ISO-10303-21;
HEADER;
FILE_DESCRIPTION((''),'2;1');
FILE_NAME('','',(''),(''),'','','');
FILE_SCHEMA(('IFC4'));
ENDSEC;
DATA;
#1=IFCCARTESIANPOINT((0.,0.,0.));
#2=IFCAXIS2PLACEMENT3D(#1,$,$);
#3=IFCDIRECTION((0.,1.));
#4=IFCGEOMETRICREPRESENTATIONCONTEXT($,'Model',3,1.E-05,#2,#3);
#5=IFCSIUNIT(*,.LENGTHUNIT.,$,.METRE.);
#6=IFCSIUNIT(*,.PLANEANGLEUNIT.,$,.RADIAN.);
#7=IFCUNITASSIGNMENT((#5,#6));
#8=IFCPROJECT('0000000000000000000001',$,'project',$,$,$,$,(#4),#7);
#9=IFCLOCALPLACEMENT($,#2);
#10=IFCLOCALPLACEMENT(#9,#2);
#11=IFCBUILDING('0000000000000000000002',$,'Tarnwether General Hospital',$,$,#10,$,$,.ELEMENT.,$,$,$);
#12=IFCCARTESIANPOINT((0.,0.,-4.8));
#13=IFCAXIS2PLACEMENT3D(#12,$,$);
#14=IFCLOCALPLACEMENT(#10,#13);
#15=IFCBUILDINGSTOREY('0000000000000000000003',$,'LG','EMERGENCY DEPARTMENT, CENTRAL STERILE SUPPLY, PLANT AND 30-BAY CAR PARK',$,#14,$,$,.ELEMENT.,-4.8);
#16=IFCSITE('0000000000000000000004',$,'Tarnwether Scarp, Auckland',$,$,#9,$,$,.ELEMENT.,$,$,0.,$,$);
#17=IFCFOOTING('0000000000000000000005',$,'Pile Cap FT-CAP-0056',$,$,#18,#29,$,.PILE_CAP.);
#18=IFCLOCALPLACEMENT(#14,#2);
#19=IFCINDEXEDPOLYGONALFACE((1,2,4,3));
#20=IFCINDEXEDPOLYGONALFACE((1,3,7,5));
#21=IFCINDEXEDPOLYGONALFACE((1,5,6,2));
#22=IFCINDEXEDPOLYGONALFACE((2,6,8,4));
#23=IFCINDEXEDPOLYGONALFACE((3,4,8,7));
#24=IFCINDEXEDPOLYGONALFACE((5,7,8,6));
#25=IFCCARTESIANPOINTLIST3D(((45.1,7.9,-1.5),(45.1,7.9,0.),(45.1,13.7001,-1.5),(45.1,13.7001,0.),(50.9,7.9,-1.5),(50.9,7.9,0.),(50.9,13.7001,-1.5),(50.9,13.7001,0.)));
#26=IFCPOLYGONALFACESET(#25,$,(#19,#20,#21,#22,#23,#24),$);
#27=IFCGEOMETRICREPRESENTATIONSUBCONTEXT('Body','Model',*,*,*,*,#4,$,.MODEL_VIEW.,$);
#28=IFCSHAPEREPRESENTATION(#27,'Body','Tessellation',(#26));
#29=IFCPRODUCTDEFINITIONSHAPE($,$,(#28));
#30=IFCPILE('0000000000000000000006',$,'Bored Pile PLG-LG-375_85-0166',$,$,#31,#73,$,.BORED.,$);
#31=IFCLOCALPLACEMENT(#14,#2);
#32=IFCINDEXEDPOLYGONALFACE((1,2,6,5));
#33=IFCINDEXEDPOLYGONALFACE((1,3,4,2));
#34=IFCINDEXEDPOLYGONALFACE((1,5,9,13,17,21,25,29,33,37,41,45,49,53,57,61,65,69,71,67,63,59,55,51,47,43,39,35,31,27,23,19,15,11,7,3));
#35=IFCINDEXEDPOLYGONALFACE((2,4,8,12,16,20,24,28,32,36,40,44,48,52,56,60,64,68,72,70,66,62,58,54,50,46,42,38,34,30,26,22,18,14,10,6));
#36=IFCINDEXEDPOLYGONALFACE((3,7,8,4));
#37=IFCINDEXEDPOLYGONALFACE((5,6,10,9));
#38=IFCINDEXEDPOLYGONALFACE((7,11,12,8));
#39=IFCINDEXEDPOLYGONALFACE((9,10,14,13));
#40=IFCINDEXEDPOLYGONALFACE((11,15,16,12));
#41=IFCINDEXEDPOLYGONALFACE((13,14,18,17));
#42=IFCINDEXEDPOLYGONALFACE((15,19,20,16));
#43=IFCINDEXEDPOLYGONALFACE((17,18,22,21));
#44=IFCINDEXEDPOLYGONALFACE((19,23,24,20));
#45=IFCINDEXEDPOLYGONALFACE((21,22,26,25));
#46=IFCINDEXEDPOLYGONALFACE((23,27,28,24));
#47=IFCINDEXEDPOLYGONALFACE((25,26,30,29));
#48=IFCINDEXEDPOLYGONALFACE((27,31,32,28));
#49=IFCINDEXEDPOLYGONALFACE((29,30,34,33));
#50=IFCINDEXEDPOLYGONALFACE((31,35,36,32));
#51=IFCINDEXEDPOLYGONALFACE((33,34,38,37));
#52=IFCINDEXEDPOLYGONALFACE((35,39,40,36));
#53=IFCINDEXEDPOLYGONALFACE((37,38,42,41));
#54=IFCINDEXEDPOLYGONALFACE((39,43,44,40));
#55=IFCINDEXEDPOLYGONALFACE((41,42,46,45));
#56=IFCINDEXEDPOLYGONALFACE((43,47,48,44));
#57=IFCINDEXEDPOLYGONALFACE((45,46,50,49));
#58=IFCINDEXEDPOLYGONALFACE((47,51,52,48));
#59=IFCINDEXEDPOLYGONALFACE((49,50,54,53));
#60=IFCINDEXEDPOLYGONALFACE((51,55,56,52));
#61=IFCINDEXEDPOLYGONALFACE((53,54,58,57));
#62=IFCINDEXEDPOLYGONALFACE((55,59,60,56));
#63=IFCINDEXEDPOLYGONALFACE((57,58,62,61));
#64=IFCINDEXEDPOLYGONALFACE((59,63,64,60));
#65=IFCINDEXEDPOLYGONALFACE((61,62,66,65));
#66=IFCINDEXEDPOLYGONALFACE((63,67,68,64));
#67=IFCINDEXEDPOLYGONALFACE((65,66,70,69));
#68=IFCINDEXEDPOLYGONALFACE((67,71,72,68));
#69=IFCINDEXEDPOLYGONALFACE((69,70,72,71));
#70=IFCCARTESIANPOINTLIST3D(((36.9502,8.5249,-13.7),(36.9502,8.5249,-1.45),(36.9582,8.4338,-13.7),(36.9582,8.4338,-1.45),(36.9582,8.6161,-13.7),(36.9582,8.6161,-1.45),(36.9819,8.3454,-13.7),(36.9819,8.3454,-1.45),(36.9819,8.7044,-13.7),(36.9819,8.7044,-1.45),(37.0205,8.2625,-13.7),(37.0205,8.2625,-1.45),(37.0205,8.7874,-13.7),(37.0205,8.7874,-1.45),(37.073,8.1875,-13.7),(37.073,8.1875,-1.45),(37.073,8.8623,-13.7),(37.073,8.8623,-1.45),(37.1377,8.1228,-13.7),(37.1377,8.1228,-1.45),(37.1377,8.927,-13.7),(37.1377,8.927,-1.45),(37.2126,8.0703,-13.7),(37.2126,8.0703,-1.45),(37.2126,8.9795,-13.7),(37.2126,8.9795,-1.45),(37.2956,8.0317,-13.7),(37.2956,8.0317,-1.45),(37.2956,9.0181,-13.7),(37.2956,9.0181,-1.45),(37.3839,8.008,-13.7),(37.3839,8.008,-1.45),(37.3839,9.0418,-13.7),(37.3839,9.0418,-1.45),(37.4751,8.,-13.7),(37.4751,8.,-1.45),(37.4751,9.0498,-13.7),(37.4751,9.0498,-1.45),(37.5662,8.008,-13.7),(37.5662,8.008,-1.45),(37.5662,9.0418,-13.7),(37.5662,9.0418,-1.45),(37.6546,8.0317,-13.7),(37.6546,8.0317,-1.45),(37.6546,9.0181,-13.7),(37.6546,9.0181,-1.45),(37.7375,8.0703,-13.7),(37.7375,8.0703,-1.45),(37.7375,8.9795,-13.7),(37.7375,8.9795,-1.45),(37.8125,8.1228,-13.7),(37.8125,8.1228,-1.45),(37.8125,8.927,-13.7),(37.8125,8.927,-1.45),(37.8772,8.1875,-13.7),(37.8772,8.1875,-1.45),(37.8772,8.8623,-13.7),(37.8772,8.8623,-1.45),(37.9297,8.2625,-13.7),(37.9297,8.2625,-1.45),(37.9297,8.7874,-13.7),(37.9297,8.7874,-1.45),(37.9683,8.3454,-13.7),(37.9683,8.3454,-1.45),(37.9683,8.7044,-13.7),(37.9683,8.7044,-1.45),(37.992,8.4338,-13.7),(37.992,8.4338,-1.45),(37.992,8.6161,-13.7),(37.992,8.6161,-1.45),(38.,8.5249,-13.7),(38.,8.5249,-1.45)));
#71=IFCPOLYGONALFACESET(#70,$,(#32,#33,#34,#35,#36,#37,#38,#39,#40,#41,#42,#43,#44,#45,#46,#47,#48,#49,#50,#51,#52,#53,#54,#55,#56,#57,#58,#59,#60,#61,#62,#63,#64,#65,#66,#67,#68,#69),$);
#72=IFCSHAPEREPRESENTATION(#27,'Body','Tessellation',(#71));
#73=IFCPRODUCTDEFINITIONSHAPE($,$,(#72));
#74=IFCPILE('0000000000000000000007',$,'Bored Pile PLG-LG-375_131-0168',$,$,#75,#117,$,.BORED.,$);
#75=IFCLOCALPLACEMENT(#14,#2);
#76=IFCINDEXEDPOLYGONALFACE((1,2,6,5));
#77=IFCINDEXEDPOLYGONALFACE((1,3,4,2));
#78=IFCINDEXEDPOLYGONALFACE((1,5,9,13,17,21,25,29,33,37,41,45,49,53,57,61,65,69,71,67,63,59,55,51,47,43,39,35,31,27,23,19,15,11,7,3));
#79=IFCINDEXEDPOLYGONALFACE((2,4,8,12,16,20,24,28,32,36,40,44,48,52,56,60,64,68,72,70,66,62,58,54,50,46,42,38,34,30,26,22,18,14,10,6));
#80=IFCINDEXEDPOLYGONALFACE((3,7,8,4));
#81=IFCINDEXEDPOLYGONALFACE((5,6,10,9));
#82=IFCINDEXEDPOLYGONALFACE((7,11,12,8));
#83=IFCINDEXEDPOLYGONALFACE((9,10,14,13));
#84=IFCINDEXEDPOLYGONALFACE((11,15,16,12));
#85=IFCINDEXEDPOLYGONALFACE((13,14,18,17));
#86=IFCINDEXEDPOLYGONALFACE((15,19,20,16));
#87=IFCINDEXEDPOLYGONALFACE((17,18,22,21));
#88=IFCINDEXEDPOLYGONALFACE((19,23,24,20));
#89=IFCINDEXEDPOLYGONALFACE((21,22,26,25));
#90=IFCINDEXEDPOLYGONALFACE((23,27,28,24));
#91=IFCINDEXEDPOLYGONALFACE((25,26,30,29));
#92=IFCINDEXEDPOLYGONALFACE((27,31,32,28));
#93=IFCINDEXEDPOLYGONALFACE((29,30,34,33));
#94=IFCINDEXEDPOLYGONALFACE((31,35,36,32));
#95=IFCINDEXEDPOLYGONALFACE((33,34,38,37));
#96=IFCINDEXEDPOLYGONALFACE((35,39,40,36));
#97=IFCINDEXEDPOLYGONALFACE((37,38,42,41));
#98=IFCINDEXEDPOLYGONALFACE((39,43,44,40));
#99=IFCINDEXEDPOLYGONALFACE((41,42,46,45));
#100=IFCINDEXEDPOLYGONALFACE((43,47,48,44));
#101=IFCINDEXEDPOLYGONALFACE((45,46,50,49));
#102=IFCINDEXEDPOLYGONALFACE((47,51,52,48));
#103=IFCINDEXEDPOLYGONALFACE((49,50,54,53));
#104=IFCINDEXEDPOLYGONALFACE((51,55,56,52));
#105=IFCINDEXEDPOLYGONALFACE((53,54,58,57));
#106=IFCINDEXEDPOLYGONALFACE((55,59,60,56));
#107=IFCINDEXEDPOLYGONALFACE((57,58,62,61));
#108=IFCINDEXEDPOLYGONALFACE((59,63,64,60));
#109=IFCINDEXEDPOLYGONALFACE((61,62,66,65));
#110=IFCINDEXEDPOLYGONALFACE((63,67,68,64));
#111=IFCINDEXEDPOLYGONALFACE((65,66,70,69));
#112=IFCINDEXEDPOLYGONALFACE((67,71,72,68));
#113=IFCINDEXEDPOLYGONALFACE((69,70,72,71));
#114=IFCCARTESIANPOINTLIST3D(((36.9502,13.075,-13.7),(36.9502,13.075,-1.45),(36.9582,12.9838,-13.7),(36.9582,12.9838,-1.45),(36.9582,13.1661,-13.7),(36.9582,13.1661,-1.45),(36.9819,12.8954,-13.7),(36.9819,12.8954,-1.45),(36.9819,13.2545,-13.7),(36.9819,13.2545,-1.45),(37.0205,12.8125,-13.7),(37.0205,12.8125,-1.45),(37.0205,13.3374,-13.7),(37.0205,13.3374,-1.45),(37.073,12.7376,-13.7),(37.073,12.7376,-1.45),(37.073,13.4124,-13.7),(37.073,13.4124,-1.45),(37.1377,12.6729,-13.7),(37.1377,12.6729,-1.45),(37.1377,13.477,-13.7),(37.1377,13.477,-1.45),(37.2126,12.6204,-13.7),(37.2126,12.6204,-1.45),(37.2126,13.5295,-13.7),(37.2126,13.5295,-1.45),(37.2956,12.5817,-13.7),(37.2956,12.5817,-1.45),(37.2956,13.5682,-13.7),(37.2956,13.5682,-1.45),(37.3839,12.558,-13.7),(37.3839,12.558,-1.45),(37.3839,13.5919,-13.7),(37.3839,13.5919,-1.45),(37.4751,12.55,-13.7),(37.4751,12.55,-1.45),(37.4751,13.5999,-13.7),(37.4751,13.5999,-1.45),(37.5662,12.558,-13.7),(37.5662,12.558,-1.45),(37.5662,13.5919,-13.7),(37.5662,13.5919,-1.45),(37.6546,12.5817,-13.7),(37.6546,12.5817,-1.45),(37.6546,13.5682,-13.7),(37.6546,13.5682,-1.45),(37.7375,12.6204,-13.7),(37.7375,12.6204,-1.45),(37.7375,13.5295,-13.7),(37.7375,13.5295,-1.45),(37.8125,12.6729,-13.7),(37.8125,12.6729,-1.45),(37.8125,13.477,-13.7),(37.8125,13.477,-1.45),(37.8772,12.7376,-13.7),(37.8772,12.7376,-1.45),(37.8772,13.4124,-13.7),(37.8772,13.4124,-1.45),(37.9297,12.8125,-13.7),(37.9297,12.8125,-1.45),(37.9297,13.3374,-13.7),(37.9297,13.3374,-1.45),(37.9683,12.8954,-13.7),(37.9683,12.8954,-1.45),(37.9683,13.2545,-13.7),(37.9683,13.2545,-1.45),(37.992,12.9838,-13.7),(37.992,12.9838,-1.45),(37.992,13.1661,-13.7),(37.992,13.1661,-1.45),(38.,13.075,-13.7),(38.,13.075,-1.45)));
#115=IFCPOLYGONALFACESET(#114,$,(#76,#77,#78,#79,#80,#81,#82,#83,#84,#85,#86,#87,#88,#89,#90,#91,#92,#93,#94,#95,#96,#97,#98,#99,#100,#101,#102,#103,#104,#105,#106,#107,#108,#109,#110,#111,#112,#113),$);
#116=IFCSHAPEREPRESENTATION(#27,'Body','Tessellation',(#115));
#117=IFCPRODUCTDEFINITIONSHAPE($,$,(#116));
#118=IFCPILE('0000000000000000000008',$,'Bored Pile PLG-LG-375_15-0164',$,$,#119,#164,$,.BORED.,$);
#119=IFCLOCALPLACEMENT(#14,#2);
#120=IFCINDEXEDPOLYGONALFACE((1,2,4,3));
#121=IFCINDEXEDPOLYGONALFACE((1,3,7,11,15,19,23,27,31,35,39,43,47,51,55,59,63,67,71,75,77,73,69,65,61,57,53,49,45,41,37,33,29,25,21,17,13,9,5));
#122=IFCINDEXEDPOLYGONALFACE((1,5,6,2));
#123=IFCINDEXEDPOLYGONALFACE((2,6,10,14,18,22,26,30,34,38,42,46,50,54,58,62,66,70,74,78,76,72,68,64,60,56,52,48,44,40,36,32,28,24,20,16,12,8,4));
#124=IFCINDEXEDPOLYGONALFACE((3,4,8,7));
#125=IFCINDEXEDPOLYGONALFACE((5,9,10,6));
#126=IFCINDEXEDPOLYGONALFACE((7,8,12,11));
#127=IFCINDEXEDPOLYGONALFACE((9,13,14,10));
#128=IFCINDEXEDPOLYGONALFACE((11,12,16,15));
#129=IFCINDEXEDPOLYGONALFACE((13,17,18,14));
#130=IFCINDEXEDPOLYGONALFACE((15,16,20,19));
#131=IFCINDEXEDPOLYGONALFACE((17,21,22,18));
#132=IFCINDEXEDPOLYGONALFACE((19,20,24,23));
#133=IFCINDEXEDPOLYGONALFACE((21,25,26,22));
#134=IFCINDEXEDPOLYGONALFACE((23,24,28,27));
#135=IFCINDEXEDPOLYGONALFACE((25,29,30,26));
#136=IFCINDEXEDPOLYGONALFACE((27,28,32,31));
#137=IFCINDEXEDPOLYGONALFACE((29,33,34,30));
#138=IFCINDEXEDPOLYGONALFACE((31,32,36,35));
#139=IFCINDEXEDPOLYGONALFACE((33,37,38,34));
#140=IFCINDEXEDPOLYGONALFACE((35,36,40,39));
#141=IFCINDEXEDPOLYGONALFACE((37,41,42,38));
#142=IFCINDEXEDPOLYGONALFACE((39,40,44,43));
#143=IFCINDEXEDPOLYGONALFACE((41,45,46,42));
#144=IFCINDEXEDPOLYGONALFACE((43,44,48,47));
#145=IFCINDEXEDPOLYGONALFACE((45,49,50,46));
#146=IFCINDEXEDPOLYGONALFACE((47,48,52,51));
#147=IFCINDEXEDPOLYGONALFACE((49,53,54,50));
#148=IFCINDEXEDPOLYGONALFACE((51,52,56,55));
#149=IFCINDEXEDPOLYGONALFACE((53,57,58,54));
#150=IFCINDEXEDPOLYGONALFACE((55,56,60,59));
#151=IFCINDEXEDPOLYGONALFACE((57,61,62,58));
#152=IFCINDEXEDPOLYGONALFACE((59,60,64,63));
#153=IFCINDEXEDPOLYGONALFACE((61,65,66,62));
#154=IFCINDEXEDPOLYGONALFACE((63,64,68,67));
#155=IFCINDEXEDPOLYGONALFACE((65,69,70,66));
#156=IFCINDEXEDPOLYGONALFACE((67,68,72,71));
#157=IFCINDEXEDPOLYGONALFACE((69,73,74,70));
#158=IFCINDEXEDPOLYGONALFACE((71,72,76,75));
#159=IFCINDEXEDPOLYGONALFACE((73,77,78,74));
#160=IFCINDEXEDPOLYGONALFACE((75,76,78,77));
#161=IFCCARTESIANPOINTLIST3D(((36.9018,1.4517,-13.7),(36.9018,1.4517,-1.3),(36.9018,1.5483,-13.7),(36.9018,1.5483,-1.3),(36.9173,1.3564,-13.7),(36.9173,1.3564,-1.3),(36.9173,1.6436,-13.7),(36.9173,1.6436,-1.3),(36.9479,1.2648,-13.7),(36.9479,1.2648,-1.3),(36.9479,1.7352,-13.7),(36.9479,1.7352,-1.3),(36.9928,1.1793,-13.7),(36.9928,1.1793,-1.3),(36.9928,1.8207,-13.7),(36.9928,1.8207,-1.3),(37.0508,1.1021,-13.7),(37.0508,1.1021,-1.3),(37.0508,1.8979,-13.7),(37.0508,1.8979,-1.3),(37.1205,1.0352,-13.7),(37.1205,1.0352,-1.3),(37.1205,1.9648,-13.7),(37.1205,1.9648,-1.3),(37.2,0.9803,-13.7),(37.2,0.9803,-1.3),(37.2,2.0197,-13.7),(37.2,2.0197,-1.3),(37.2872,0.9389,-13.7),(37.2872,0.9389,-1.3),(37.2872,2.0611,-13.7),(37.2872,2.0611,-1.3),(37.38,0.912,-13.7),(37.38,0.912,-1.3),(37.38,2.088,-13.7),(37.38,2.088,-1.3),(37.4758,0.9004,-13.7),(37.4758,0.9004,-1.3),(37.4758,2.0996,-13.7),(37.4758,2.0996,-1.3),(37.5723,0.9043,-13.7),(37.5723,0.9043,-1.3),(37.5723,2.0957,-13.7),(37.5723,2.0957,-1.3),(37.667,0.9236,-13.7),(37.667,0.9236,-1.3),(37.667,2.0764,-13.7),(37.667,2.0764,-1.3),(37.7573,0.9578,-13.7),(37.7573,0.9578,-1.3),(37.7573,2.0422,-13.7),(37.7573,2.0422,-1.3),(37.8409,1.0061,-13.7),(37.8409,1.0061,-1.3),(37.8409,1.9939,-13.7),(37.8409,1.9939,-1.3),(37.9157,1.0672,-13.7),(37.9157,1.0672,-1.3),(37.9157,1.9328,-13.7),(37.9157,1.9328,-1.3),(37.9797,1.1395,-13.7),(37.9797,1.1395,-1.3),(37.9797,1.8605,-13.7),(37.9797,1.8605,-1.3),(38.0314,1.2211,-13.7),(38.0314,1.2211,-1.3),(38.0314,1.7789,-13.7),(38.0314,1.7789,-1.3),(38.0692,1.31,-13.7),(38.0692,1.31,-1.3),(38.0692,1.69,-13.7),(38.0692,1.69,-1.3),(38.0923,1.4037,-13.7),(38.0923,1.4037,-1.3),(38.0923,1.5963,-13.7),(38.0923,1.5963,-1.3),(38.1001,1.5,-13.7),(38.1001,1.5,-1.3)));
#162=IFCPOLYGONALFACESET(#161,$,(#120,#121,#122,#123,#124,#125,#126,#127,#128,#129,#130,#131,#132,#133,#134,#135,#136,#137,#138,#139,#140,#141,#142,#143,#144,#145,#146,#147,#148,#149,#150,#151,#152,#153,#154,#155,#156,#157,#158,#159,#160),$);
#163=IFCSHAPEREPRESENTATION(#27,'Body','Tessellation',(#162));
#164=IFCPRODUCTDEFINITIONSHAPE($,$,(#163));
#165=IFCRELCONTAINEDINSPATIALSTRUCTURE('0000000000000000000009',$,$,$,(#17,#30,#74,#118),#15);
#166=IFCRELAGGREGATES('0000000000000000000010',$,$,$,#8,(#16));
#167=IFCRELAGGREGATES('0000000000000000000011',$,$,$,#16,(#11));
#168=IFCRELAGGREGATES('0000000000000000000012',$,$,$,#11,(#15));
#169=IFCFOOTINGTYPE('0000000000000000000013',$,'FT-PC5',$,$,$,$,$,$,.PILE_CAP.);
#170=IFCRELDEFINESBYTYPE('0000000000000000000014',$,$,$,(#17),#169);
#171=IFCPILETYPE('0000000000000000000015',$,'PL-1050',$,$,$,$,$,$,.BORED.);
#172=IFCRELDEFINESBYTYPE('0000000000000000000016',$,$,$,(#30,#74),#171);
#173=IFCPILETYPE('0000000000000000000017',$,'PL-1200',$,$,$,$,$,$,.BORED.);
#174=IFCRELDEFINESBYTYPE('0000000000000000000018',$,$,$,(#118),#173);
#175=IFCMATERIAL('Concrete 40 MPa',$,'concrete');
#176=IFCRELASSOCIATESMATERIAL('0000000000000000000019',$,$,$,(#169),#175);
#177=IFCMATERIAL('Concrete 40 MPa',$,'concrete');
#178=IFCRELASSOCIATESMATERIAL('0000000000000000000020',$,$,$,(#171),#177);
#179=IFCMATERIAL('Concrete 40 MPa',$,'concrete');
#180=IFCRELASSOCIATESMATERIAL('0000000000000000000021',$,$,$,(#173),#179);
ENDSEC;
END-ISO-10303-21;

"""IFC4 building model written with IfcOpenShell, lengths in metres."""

from ifc_helpers import new_model, si_unit, direction, frame, origin, origin_2d, place, context, subcontext, project, spatial, rectangle, circle, extrude, material, material_profile, profile_set, type_object, element, save


model = new_model("IFC4")

# Units and contexts
model_context = context("Model", 3, precision=1e-05, world=origin(), true_north=direction((0.0, 1.0)))
body_context = subcontext(model_context, "Body", "Model", "MODEL_VIEW")
ifc_project = project(units=[si_unit("LENGTHUNIT", "METRE"), si_unit("PLANEANGLEUNIT", "RADIAN")], contexts=[model_context])

# Site, building, storey
site_placement = place(None, origin())
site = spatial("IfcSite", under=ifc_project, at=site_placement, Name="Tarnwether Scarp, Auckland", CompositionType="ELEMENT", RefElevation=0.0)
building_placement = place(site_placement, origin())
building = spatial("IfcBuilding", under=site, at=building_placement, Name="Tarnwether General Hospital", CompositionType="ELEMENT")
storey_placement = place(building_placement, frame((0.0, 0.0, -4.8)))
storey = spatial("IfcBuildingStorey", under=building, at=storey_placement, Name="LG", Description="EMERGENCY DEPARTMENT, CENTRAL STERILE SUPPLY, PLANT AND 30-BAY CAR PARK", CompositionType="ELEMENT", Elevation=-4.8)

# Footing
ifc_material_1 = material(Name="Concrete 40 MPa", Category="concrete")
footing_type = type_object("IfcFootingType", Name="FT-PC5", PredefinedType="PILE_CAP", material=ifc_material_1)
footing_placement = place(storey_placement, frame((48.0, 10.8, -1.5), z_axis=(0.0, 0.0, 1.0), x_axis=(1.0, 0.0, 0.0)))
element("IfcFooting", 1, at=footing_placement, inside=storey, type_object=footing_type, Name="Pile Cap FT-CAP-0056", PredefinedType="PILE_CAP", context=body_context, shape_type="SweptSolid", body=[
    extrude(rectangle(XDim=5.8, YDim=5.8, at=origin_2d()), origin(), (0.0, 0.0, 1.0), 1.5),
])

# Piles
ifc_material_2 = material(Name="Concrete 40 MPa", Category="concrete")
ifc_material_profile_1 = material_profile(ifc_material_2, circle(Radius=0.5249, at=origin_2d()), Name="PILE-D1050")
ifc_profile_set_1 = profile_set([ifc_material_profile_1], Name="Concrete 40 MPa")
pile_type_1 = type_object("IfcPileType", Name="PL-1050", PredefinedType="BORED", material=ifc_profile_set_1)
for number, where, z_axis, x_axis, name in (
    (2, (37.4751, 8.5249, -1.45), (0.0, 0.0, -1.0), (1.0, 0.0, 0.0), "Bored Pile PLG-LG-375_85-0166"),
    (3, (37.4751, 13.075, -1.45), (0.0, 0.0, -1.0), (1.0, 0.0, 0.0), "Bored Pile PLG-LG-375_131-0168"),
):
    element("IfcPile", number, at=place(storey_placement, frame(where, z_axis=z_axis, x_axis=x_axis)), inside=storey, type_object=pile_type_1, Name=name, PredefinedType="BORED", context=body_context, shape_type="SweptSolid", body=[
        extrude(circle(Radius=0.5249, at=origin_2d()), origin(), (0.0, 0.0, 1.0), 12.25),
    ])
ifc_material_3 = material(Name="Concrete 40 MPa", Category="concrete")
ifc_material_profile_2 = material_profile(ifc_material_3, circle(Radius=0.6001, at=origin_2d()), Name="PILE-D1200")
ifc_profile_set_2 = profile_set([ifc_material_profile_2], Name="Concrete 40 MPa")
pile_type_2 = type_object("IfcPileType", Name="PL-1200", PredefinedType="BORED", material=ifc_profile_set_2)
pile_1_placement = place(storey_placement, frame((37.5, 1.5, -1.3), z_axis=(0.0, 0.0, -1.0), x_axis=(1.0, 0.0, 0.0)))
element("IfcPile", 4, at=pile_1_placement, inside=storey, type_object=pile_type_2, Name="Bored Pile PLG-LG-375_15-0164", PredefinedType="BORED", context=body_context, shape_type="SweptSolid", body=[
    extrude(circle(Radius=0.6001, at=origin_2d()), origin(), (0.0, 0.0, 1.0), 12.3999),
])

save(model, "model.ifc")
